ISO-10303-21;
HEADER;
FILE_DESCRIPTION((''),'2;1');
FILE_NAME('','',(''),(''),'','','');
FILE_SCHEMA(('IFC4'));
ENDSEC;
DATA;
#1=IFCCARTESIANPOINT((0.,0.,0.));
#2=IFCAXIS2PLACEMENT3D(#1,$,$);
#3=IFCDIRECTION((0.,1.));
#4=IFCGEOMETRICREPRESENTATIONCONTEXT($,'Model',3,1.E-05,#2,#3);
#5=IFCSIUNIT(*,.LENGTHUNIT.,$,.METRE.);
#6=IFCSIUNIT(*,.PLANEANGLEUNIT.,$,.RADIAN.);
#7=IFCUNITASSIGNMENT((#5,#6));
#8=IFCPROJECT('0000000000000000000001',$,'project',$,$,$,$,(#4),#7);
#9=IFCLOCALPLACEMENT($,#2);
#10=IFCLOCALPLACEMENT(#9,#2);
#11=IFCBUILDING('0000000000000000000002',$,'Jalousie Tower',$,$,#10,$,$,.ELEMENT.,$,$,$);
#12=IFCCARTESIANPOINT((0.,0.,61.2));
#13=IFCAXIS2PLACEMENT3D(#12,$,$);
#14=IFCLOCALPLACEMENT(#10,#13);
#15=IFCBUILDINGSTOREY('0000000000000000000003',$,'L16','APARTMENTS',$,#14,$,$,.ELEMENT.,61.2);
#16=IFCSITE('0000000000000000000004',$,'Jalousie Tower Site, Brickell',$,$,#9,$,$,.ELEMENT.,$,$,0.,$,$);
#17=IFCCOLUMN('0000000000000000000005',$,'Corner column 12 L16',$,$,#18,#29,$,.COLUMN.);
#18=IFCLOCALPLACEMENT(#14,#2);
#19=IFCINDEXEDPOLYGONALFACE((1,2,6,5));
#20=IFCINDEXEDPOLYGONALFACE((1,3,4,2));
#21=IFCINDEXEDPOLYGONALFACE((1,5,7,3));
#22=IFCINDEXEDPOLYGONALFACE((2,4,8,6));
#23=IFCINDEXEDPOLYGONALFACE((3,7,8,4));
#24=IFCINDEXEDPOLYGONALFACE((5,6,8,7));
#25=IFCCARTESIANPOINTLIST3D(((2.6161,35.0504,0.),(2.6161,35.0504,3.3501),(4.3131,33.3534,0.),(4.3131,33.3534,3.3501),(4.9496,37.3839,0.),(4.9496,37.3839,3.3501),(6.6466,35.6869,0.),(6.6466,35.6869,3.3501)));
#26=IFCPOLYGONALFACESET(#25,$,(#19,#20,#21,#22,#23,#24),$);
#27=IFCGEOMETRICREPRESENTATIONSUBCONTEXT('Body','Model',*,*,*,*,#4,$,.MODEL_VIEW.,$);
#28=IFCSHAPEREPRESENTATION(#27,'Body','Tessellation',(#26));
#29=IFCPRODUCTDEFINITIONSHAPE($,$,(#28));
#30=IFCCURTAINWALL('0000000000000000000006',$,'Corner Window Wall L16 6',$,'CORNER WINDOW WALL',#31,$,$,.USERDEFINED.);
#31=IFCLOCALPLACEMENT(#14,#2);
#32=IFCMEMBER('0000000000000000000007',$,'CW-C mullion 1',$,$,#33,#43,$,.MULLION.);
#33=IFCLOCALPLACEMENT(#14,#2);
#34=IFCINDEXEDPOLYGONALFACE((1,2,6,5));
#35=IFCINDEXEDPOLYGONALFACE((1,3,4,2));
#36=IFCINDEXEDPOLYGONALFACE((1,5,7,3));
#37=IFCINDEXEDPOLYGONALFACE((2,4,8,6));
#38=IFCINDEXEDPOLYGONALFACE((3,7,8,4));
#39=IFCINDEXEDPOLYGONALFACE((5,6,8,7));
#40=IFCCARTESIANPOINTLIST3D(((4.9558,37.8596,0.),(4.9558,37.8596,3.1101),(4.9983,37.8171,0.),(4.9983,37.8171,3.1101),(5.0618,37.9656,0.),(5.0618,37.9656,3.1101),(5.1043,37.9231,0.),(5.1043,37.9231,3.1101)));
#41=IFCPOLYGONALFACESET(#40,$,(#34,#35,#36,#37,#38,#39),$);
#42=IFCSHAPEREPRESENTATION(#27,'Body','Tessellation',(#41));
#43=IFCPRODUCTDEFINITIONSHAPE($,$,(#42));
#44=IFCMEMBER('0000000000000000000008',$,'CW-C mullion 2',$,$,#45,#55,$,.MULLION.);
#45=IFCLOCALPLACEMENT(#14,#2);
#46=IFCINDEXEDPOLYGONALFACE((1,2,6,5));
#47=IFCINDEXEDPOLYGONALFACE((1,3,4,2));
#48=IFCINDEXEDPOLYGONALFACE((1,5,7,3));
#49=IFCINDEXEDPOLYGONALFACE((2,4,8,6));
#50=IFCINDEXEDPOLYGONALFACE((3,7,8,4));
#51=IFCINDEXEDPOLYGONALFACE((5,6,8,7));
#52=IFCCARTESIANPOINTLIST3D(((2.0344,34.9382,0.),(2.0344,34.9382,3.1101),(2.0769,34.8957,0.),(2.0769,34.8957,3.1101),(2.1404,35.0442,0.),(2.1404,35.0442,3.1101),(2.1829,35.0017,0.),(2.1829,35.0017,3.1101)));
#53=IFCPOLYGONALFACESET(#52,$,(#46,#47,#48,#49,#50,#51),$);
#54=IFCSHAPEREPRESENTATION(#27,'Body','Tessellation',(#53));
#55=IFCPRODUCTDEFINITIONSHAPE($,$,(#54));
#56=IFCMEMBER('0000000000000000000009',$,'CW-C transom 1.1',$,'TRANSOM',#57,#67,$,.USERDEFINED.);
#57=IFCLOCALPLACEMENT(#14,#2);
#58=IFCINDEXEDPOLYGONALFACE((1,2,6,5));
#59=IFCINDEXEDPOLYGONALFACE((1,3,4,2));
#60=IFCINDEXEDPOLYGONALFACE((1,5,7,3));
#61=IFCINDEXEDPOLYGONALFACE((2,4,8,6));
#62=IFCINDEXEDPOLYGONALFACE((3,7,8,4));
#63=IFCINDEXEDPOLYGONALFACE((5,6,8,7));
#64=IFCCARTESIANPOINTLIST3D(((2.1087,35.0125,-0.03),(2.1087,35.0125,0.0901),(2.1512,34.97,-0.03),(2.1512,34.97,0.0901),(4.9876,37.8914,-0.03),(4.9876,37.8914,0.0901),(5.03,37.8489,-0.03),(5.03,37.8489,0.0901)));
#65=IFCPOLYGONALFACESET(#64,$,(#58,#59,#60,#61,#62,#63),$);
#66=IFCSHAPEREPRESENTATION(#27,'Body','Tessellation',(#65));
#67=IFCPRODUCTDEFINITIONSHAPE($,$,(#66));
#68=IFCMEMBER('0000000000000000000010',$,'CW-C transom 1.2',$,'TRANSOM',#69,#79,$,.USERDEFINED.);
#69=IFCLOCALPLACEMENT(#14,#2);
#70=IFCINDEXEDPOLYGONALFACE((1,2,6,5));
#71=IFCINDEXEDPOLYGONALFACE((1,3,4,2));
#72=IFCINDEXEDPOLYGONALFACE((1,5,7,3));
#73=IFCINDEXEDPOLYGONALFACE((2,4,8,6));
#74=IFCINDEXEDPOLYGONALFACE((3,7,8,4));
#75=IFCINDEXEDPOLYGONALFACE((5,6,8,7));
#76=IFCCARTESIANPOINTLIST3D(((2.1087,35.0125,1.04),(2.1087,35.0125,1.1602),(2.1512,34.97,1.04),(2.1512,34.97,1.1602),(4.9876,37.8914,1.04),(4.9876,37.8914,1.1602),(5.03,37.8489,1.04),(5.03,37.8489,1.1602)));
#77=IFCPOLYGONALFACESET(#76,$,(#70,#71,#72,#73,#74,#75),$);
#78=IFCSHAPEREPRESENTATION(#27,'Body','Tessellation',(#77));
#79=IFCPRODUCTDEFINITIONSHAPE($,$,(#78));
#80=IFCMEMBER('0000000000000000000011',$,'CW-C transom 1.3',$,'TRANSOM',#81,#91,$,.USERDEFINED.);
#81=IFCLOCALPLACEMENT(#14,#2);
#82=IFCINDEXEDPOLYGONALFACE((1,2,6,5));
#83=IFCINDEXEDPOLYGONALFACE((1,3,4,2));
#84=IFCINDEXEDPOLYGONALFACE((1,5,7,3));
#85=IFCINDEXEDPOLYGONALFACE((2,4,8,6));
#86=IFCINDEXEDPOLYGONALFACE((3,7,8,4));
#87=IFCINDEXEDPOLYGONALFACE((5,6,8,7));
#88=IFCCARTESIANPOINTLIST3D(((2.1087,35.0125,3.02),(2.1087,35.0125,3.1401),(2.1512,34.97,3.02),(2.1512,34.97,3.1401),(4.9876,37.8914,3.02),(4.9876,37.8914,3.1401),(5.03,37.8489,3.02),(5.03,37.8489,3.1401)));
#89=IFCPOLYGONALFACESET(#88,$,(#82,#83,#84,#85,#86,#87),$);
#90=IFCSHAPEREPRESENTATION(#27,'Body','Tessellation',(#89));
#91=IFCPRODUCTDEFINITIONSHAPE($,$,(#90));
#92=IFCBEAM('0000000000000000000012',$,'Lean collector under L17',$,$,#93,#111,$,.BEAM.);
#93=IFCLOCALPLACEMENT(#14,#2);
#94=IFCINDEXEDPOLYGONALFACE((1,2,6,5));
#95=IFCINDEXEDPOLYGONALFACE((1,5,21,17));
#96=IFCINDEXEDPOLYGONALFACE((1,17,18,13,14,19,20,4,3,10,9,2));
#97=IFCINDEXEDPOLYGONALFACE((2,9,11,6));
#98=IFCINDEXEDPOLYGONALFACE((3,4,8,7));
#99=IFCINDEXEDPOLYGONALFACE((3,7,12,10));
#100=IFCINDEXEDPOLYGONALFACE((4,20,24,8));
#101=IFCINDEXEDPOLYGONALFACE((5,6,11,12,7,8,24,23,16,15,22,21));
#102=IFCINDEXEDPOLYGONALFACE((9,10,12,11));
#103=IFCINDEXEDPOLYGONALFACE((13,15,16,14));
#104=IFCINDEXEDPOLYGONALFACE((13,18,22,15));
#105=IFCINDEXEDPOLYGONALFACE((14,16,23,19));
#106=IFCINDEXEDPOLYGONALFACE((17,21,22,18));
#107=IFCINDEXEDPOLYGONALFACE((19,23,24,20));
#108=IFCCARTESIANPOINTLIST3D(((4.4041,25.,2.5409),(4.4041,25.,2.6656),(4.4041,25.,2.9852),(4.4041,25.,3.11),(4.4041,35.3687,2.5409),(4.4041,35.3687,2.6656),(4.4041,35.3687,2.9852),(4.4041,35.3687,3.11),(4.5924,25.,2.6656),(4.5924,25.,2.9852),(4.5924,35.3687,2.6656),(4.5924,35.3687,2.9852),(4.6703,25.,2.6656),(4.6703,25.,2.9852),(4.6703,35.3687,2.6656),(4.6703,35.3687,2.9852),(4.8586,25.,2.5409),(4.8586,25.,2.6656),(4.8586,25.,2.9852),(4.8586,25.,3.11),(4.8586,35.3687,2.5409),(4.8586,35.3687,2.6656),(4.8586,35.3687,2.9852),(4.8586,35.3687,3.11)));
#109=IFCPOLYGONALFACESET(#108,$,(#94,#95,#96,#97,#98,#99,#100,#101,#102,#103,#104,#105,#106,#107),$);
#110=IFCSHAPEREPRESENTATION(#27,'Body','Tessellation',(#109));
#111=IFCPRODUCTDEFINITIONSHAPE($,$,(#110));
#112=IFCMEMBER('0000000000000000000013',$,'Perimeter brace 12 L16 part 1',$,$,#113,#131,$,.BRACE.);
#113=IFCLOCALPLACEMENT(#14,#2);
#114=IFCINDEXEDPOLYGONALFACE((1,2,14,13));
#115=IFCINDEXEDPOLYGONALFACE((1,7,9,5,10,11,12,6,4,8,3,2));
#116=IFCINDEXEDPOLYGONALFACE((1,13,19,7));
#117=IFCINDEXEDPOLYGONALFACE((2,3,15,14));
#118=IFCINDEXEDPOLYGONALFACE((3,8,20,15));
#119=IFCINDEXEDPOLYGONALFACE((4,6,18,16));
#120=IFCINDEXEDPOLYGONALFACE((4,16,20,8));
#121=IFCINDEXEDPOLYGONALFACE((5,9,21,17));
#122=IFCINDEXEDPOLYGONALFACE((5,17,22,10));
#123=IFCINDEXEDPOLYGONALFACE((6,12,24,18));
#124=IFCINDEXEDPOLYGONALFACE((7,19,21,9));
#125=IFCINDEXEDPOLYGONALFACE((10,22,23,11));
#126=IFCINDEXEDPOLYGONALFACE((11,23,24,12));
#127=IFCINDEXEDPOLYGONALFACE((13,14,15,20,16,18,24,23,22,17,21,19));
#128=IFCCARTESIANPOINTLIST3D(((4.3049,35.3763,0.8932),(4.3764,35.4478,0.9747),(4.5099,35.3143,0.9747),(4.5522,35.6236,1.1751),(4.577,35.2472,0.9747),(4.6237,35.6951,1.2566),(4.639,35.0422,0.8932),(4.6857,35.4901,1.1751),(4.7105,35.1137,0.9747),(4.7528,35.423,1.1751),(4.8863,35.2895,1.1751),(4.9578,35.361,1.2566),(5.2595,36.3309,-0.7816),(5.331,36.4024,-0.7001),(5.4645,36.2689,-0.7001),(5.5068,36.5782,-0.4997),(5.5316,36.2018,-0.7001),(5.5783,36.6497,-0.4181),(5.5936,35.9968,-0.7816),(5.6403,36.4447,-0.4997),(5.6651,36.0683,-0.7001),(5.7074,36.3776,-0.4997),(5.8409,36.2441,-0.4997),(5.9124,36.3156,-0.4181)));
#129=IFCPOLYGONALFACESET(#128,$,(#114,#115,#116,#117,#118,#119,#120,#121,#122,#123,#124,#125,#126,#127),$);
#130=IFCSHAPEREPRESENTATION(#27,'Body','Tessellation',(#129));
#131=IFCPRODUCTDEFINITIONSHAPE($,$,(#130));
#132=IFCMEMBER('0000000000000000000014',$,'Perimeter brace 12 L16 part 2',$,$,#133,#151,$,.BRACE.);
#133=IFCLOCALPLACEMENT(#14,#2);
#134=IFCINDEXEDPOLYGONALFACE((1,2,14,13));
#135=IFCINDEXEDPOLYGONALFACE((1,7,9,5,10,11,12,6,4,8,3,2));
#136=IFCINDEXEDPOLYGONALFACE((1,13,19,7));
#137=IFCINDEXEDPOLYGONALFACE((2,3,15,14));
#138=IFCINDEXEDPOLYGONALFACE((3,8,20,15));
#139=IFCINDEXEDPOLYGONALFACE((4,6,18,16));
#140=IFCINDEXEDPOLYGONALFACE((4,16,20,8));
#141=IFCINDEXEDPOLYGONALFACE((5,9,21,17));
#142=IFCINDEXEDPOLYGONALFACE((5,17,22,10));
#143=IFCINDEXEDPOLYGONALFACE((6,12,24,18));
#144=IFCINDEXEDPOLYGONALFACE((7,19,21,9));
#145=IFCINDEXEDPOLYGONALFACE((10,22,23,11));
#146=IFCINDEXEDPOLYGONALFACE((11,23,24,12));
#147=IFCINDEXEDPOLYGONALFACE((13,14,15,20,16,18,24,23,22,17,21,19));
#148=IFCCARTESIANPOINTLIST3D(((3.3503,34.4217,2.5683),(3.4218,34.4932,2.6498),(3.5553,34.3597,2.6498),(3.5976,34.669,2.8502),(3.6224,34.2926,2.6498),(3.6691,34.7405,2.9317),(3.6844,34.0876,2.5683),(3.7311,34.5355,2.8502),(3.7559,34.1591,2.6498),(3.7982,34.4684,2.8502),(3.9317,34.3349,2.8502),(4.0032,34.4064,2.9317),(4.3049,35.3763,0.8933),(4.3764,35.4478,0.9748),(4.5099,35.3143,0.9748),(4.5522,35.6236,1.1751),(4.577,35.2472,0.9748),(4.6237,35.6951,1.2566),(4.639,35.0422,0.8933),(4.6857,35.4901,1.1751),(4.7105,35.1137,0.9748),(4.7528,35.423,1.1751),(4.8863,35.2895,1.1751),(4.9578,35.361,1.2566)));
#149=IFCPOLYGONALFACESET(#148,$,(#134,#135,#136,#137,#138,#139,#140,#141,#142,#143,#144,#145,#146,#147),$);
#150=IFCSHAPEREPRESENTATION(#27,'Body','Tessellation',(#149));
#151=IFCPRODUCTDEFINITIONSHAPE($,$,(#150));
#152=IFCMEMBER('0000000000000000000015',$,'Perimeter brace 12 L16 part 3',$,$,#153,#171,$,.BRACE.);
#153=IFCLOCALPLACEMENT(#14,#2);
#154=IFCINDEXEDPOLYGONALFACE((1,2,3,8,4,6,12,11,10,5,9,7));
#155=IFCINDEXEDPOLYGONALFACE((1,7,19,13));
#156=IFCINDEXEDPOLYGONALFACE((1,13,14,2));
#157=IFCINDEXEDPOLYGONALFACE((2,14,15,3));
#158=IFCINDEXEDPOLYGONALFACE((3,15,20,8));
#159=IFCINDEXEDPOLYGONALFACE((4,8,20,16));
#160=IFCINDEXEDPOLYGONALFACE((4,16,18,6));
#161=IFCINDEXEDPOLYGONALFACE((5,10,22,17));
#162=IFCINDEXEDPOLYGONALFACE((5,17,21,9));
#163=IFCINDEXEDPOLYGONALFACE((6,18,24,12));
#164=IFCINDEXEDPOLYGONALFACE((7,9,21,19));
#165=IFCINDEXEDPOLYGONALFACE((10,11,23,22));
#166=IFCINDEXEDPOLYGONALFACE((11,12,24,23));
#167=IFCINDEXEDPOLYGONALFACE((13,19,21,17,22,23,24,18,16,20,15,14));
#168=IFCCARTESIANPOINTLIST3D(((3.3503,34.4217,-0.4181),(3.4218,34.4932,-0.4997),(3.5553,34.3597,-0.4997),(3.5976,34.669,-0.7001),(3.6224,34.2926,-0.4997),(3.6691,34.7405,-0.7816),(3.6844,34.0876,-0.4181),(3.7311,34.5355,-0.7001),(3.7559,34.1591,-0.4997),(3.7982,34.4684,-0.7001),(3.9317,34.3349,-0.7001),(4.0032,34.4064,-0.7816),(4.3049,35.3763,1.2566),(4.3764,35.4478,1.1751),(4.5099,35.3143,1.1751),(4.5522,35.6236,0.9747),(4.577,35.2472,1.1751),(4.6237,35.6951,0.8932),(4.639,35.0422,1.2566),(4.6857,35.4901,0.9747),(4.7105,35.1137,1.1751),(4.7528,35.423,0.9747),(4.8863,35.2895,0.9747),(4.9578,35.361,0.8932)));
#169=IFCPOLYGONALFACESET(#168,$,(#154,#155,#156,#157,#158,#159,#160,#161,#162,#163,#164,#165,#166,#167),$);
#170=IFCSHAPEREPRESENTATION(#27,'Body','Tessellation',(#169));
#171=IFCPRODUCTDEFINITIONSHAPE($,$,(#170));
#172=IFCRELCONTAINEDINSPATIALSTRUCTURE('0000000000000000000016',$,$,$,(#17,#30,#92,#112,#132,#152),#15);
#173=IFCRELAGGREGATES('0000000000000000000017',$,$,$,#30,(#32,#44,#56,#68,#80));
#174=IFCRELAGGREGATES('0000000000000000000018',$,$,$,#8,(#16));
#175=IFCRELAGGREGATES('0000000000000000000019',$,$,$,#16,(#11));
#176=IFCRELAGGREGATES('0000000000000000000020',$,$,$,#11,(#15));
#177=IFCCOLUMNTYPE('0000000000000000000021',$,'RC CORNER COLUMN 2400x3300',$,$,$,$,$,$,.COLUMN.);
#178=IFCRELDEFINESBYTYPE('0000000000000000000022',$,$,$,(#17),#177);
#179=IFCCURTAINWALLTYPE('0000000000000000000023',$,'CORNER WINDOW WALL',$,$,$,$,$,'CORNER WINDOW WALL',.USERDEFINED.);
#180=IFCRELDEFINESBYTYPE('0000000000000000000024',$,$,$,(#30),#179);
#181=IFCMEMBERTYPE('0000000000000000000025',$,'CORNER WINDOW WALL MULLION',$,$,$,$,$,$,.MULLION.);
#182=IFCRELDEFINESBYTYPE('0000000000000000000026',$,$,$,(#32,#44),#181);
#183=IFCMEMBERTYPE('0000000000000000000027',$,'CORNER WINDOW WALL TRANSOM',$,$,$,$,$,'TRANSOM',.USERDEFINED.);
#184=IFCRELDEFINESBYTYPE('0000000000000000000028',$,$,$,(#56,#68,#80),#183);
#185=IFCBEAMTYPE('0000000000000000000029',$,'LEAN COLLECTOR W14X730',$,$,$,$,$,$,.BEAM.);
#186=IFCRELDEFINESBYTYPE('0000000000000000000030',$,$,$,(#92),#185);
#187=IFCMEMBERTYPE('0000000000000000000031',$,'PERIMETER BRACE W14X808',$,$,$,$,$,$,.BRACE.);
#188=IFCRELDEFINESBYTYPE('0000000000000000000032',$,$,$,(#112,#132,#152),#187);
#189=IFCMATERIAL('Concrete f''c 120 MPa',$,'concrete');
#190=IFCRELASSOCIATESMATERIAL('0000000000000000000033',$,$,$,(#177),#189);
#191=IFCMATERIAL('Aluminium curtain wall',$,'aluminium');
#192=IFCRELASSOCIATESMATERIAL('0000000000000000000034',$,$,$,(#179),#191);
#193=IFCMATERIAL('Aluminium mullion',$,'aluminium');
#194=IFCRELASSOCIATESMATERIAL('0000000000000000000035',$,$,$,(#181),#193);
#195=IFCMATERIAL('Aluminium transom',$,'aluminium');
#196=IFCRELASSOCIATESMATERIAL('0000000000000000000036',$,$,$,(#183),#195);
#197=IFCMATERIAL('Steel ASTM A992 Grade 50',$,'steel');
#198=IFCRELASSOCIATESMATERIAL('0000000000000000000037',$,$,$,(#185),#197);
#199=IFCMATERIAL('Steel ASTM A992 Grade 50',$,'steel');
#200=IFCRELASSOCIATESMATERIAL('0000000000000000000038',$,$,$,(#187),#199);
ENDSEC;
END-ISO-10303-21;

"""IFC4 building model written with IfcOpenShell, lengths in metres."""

from ifc_helpers import new_model, si_unit, direction, frame, origin, origin_2d, place, context, subcontext, project, spatial, rectangle, i_section, extrude, material, material_profile, profile_set, type_object, element, aggregate, save


model = new_model("IFC4")

# Units and contexts
model_context = context("Model", 3, precision=1e-05, world=origin(), true_north=direction((0.0, 1.0)))
body_context = subcontext(model_context, "Body", "Model", "MODEL_VIEW")
ifc_project = project(units=[si_unit("LENGTHUNIT", "METRE"), si_unit("PLANEANGLEUNIT", "RADIAN")], contexts=[model_context])

# Site, building, storey
site_placement = place(None, origin())
site = spatial("IfcSite", under=ifc_project, at=site_placement, Name="Jalousie Tower Site, Brickell", CompositionType="ELEMENT", RefElevation=0.0)
building_placement = place(site_placement, origin())
building = spatial("IfcBuilding", under=site, at=building_placement, Name="Jalousie Tower", CompositionType="ELEMENT")
storey_placement = place(building_placement, frame((0.0, 0.0, 61.2)))
storey = spatial("IfcBuildingStorey", under=building, at=storey_placement, Name="L16", Description="APARTMENTS", CompositionType="ELEMENT", Elevation=61.2)

# Column
ifc_material_1 = material(Name="Concrete f'c 120 MPa", Category="concrete")
ifc_material_profile_1 = material_profile(ifc_material_1, rectangle(XDim=2.3999, YDim=3.3, at=origin_2d()), Name="RC 2400x3300")
ifc_profile_set_1 = profile_set([ifc_material_profile_1], Name="Concrete f'c 120 MPa")
column_type = type_object("IfcColumnType", Name="RC CORNER COLUMN 2400x3300", PredefinedType="COLUMN", material=ifc_profile_set_1)
column_placement = place(storey_placement, frame((4.6313, 35.3687, 0.0), z_axis=(0.0, 0.0, 1.0), x_axis=(0.707107, -0.707107, 0.0)))
element("IfcColumn", 1, at=column_placement, inside=storey, type_object=column_type, Name="Corner column 12 L16", PredefinedType="COLUMN", context=body_context, shape_type="SweptSolid", body=[
    extrude(rectangle(XDim=2.3999, YDim=3.3, at=origin_2d()), origin(), (0.0, 0.0, 1.0), 3.3501),
])

# Curtain wall, members
ifc_material_2 = material(Name="Aluminium curtain wall", Category="aluminium")
curtain_wall_type_1 = type_object("IfcCurtainWallType", Name="CORNER WINDOW WALL", ElementType="CORNER WINDOW WALL", PredefinedType="USERDEFINED", material=ifc_material_2)
curtain_wall_1_placement = place(storey_placement, origin())
curtain_wall_1 = element("IfcCurtainWall", 2, at=curtain_wall_1_placement, inside=storey, type_object=curtain_wall_type_1, Name="Corner Window Wall L16 6", ObjectType="CORNER WINDOW WALL", PredefinedType="USERDEFINED")
ifc_material_3 = material(Name="Aluminium mullion", Category="aluminium")
ifc_material_profile_2 = material_profile(ifc_material_3, rectangle(XDim=0.0601, YDim=0.1499, at=origin_2d()), Name="MULLION 60x150")
ifc_profile_set_2 = profile_set([ifc_material_profile_2], Name="Aluminium mullion")
member_type_1 = type_object("IfcMemberType", Name="CORNER WINDOW WALL MULLION", PredefinedType="MULLION", material=ifc_profile_set_2)
member_1_placement = place(storey_placement, frame((5.03, 37.8914, 0.0), z_axis=(0.0, 0.0, 1.0), x_axis=(0.707107, -0.707107, 0.0)))
member_1 = element("IfcMember", 3, at=member_1_placement, type_object=member_type_1, Name="CW-C mullion 1", PredefinedType="MULLION", context=body_context, shape_type="SweptSolid", body=[
    extrude(rectangle(XDim=0.0601, YDim=0.1499, at=origin_2d()), origin(), (0.0, 0.0, 1.0), 3.1101),
])
member_2_placement = place(storey_placement, frame((2.1086, 34.97, 0.0), z_axis=(0.0, 0.0, 1.0), x_axis=(0.707107, -0.707107, 0.0)))
member_2 = element("IfcMember", 4, at=member_2_placement, type_object=member_type_1, Name="CW-C mullion 2", PredefinedType="MULLION", context=body_context, shape_type="SweptSolid", body=[
    extrude(rectangle(XDim=0.0601, YDim=0.1499, at=origin_2d()), origin(), (0.0, 0.0, 1.0), 3.1101),
])
ifc_material_4 = material(Name="Aluminium transom", Category="aluminium")
ifc_material_profile_3 = material_profile(ifc_material_4, rectangle(XDim=0.0601, YDim=0.1201, at=origin_2d()), Name="TRANSOM 60x120")
ifc_profile_set_3 = profile_set([ifc_material_profile_3], Name="Aluminium transom")
member_type_2 = type_object("IfcMemberType", Name="CORNER WINDOW WALL TRANSOM", ElementType="TRANSOM", PredefinedType="USERDEFINED", material=ifc_profile_set_3)
member_3_placement = place(storey_placement, frame((5.0088, 37.8701, 0.03), z_axis=(-0.707107, -0.707107, 0.0), x_axis=(0.707107, -0.707107, 0.0)))
member_3 = element("IfcMember", 5, at=member_3_placement, type_object=member_type_2, Name="CW-C transom 1.1", ObjectType="TRANSOM", PredefinedType="USERDEFINED", context=body_context, shape_type="SweptSolid", body=[
    extrude(rectangle(XDim=0.0601, YDim=0.1201, at=origin_2d()), origin(), (0.0, 0.0, 1.0), 4.0713),
])
member_4_placement = place(storey_placement, frame((5.0088, 37.8701, 1.1001), z_axis=(-0.707107, -0.707107, 0.0), x_axis=(0.707107, -0.707107, 0.0)))
member_4 = element("IfcMember", 6, at=member_4_placement, type_object=member_type_2, Name="CW-C transom 1.2", ObjectType="TRANSOM", PredefinedType="USERDEFINED", context=body_context, shape_type="SweptSolid", body=[
    extrude(rectangle(XDim=0.0601, YDim=0.1201, at=origin_2d()), origin(), (0.0, 0.0, 1.0), 4.0713),
])
member_5_placement = place(storey_placement, frame((5.0088, 37.8701, 3.0801), z_axis=(-0.707107, -0.707107, 0.0), x_axis=(0.707107, -0.707107, 0.0)))
member_5 = element("IfcMember", 7, at=member_5_placement, type_object=member_type_2, Name="CW-C transom 1.3", ObjectType="TRANSOM", PredefinedType="USERDEFINED", context=body_context, shape_type="SweptSolid", body=[
    extrude(rectangle(XDim=0.0601, YDim=0.1201, at=origin_2d()), origin(), (0.0, 0.0, 1.0), 4.0713),
])

# Beam
ifc_material_5 = material(Name="Steel ASTM A992 Grade 50", Category="steel")
ifc_material_profile_4 = material_profile(ifc_material_5, i_section(OverallWidth=0.4546, OverallDepth=0.5691, WebThickness=0.0779, FlangeThickness=0.1248, at=origin_2d()), Name="W14X730")
ifc_profile_set_4 = profile_set([ifc_material_profile_4], Name="Steel ASTM A992 Grade 50")
beam_type_1 = type_object("IfcBeamType", Name="LEAN COLLECTOR W14X730", PredefinedType="BEAM", material=ifc_profile_set_4)
beam_1_placement = place(storey_placement, frame((4.6313, 35.3687, 2.8254), z_axis=(0.0, -1.0, 0.0), x_axis=(1.0, 0.0, 0.0)))
element("IfcBeam", 8, at=beam_1_placement, inside=storey, type_object=beam_type_1, Name="Lean collector under L17", PredefinedType="BEAM", context=body_context, shape_type="SweptSolid", body=[
    extrude(i_section(OverallWidth=0.4546, OverallDepth=0.5691, WebThickness=0.0779, FlangeThickness=0.1248, at=origin_2d()), origin(), (0.0, 0.0, 1.0), 10.3687),
])

# Members
ifc_material_6 = material(Name="Steel ASTM A992 Grade 50", Category="steel")
ifc_material_profile_5 = material_profile(ifc_material_6, i_section(OverallWidth=0.4724, OverallDepth=0.5791, WebThickness=0.095, FlangeThickness=0.1299, at=origin_2d()), Name="W14X808")
ifc_profile_set_5 = profile_set([ifc_material_profile_5], Name="Steel ASTM A992 Grade 50")
member_type_3 = type_object("IfcMemberType", Name="PERIMETER BRACE W14X808", PredefinedType="BRACE", material=ifc_profile_set_5)
member_6_placement = place(storey_placement, frame((5.5859, 36.3232, -0.5999), z_axis=(-0.443758, -0.443758, 0.778562), x_axis=(0.707107, -0.707107, 0.0)))
element("IfcMember", 9, at=member_6_placement, inside=storey, type_object=member_type_3, Name="Perimeter brace 12 L16 part 1", PredefinedType="BRACE", context=body_context, shape_type="SweptSolid", body=[
    extrude(i_section(OverallWidth=0.4724, OverallDepth=0.5791, WebThickness=0.095, FlangeThickness=0.1299, at=origin_2d()), origin(), (0.0, 0.0, 1.0), 2.1511),
])
member_7_placement = place(storey_placement, frame((4.6313, 35.3687, 1.075), z_axis=(-0.443718, -0.443718, 0.778607), x_axis=(0.707107, -0.707107, 0.0)))
element("IfcMember", 10, at=member_7_placement, inside=storey, type_object=member_type_3, Name="Perimeter brace 12 L16 part 2", PredefinedType="BRACE", context=body_context, shape_type="SweptSolid", body=[
    extrude(i_section(OverallWidth=0.4724, OverallDepth=0.5791, WebThickness=0.095, FlangeThickness=0.1299, at=origin_2d()), origin(), (0.0, 0.0, 1.0), 2.1514),
])
member_8_placement = place(storey_placement, frame((3.6768, 34.4141, -0.5999), z_axis=(0.443758, 0.443758, 0.778562), x_axis=(-0.707107, 0.707107, 0.0)))
element("IfcMember", 11, at=member_8_placement, inside=storey, type_object=member_type_3, Name="Perimeter brace 12 L16 part 3", PredefinedType="BRACE", context=body_context, shape_type="SweptSolid", body=[
    extrude(i_section(OverallWidth=0.4724, OverallDepth=0.5791, WebThickness=0.095, FlangeThickness=0.1299, at=origin_2d()), origin(), (0.0, 0.0, 1.0), 2.1511),
])

aggregate(curtain_wall_1, [member_1, member_2, member_3, member_4, member_5])

save(model, "model.ifc")
